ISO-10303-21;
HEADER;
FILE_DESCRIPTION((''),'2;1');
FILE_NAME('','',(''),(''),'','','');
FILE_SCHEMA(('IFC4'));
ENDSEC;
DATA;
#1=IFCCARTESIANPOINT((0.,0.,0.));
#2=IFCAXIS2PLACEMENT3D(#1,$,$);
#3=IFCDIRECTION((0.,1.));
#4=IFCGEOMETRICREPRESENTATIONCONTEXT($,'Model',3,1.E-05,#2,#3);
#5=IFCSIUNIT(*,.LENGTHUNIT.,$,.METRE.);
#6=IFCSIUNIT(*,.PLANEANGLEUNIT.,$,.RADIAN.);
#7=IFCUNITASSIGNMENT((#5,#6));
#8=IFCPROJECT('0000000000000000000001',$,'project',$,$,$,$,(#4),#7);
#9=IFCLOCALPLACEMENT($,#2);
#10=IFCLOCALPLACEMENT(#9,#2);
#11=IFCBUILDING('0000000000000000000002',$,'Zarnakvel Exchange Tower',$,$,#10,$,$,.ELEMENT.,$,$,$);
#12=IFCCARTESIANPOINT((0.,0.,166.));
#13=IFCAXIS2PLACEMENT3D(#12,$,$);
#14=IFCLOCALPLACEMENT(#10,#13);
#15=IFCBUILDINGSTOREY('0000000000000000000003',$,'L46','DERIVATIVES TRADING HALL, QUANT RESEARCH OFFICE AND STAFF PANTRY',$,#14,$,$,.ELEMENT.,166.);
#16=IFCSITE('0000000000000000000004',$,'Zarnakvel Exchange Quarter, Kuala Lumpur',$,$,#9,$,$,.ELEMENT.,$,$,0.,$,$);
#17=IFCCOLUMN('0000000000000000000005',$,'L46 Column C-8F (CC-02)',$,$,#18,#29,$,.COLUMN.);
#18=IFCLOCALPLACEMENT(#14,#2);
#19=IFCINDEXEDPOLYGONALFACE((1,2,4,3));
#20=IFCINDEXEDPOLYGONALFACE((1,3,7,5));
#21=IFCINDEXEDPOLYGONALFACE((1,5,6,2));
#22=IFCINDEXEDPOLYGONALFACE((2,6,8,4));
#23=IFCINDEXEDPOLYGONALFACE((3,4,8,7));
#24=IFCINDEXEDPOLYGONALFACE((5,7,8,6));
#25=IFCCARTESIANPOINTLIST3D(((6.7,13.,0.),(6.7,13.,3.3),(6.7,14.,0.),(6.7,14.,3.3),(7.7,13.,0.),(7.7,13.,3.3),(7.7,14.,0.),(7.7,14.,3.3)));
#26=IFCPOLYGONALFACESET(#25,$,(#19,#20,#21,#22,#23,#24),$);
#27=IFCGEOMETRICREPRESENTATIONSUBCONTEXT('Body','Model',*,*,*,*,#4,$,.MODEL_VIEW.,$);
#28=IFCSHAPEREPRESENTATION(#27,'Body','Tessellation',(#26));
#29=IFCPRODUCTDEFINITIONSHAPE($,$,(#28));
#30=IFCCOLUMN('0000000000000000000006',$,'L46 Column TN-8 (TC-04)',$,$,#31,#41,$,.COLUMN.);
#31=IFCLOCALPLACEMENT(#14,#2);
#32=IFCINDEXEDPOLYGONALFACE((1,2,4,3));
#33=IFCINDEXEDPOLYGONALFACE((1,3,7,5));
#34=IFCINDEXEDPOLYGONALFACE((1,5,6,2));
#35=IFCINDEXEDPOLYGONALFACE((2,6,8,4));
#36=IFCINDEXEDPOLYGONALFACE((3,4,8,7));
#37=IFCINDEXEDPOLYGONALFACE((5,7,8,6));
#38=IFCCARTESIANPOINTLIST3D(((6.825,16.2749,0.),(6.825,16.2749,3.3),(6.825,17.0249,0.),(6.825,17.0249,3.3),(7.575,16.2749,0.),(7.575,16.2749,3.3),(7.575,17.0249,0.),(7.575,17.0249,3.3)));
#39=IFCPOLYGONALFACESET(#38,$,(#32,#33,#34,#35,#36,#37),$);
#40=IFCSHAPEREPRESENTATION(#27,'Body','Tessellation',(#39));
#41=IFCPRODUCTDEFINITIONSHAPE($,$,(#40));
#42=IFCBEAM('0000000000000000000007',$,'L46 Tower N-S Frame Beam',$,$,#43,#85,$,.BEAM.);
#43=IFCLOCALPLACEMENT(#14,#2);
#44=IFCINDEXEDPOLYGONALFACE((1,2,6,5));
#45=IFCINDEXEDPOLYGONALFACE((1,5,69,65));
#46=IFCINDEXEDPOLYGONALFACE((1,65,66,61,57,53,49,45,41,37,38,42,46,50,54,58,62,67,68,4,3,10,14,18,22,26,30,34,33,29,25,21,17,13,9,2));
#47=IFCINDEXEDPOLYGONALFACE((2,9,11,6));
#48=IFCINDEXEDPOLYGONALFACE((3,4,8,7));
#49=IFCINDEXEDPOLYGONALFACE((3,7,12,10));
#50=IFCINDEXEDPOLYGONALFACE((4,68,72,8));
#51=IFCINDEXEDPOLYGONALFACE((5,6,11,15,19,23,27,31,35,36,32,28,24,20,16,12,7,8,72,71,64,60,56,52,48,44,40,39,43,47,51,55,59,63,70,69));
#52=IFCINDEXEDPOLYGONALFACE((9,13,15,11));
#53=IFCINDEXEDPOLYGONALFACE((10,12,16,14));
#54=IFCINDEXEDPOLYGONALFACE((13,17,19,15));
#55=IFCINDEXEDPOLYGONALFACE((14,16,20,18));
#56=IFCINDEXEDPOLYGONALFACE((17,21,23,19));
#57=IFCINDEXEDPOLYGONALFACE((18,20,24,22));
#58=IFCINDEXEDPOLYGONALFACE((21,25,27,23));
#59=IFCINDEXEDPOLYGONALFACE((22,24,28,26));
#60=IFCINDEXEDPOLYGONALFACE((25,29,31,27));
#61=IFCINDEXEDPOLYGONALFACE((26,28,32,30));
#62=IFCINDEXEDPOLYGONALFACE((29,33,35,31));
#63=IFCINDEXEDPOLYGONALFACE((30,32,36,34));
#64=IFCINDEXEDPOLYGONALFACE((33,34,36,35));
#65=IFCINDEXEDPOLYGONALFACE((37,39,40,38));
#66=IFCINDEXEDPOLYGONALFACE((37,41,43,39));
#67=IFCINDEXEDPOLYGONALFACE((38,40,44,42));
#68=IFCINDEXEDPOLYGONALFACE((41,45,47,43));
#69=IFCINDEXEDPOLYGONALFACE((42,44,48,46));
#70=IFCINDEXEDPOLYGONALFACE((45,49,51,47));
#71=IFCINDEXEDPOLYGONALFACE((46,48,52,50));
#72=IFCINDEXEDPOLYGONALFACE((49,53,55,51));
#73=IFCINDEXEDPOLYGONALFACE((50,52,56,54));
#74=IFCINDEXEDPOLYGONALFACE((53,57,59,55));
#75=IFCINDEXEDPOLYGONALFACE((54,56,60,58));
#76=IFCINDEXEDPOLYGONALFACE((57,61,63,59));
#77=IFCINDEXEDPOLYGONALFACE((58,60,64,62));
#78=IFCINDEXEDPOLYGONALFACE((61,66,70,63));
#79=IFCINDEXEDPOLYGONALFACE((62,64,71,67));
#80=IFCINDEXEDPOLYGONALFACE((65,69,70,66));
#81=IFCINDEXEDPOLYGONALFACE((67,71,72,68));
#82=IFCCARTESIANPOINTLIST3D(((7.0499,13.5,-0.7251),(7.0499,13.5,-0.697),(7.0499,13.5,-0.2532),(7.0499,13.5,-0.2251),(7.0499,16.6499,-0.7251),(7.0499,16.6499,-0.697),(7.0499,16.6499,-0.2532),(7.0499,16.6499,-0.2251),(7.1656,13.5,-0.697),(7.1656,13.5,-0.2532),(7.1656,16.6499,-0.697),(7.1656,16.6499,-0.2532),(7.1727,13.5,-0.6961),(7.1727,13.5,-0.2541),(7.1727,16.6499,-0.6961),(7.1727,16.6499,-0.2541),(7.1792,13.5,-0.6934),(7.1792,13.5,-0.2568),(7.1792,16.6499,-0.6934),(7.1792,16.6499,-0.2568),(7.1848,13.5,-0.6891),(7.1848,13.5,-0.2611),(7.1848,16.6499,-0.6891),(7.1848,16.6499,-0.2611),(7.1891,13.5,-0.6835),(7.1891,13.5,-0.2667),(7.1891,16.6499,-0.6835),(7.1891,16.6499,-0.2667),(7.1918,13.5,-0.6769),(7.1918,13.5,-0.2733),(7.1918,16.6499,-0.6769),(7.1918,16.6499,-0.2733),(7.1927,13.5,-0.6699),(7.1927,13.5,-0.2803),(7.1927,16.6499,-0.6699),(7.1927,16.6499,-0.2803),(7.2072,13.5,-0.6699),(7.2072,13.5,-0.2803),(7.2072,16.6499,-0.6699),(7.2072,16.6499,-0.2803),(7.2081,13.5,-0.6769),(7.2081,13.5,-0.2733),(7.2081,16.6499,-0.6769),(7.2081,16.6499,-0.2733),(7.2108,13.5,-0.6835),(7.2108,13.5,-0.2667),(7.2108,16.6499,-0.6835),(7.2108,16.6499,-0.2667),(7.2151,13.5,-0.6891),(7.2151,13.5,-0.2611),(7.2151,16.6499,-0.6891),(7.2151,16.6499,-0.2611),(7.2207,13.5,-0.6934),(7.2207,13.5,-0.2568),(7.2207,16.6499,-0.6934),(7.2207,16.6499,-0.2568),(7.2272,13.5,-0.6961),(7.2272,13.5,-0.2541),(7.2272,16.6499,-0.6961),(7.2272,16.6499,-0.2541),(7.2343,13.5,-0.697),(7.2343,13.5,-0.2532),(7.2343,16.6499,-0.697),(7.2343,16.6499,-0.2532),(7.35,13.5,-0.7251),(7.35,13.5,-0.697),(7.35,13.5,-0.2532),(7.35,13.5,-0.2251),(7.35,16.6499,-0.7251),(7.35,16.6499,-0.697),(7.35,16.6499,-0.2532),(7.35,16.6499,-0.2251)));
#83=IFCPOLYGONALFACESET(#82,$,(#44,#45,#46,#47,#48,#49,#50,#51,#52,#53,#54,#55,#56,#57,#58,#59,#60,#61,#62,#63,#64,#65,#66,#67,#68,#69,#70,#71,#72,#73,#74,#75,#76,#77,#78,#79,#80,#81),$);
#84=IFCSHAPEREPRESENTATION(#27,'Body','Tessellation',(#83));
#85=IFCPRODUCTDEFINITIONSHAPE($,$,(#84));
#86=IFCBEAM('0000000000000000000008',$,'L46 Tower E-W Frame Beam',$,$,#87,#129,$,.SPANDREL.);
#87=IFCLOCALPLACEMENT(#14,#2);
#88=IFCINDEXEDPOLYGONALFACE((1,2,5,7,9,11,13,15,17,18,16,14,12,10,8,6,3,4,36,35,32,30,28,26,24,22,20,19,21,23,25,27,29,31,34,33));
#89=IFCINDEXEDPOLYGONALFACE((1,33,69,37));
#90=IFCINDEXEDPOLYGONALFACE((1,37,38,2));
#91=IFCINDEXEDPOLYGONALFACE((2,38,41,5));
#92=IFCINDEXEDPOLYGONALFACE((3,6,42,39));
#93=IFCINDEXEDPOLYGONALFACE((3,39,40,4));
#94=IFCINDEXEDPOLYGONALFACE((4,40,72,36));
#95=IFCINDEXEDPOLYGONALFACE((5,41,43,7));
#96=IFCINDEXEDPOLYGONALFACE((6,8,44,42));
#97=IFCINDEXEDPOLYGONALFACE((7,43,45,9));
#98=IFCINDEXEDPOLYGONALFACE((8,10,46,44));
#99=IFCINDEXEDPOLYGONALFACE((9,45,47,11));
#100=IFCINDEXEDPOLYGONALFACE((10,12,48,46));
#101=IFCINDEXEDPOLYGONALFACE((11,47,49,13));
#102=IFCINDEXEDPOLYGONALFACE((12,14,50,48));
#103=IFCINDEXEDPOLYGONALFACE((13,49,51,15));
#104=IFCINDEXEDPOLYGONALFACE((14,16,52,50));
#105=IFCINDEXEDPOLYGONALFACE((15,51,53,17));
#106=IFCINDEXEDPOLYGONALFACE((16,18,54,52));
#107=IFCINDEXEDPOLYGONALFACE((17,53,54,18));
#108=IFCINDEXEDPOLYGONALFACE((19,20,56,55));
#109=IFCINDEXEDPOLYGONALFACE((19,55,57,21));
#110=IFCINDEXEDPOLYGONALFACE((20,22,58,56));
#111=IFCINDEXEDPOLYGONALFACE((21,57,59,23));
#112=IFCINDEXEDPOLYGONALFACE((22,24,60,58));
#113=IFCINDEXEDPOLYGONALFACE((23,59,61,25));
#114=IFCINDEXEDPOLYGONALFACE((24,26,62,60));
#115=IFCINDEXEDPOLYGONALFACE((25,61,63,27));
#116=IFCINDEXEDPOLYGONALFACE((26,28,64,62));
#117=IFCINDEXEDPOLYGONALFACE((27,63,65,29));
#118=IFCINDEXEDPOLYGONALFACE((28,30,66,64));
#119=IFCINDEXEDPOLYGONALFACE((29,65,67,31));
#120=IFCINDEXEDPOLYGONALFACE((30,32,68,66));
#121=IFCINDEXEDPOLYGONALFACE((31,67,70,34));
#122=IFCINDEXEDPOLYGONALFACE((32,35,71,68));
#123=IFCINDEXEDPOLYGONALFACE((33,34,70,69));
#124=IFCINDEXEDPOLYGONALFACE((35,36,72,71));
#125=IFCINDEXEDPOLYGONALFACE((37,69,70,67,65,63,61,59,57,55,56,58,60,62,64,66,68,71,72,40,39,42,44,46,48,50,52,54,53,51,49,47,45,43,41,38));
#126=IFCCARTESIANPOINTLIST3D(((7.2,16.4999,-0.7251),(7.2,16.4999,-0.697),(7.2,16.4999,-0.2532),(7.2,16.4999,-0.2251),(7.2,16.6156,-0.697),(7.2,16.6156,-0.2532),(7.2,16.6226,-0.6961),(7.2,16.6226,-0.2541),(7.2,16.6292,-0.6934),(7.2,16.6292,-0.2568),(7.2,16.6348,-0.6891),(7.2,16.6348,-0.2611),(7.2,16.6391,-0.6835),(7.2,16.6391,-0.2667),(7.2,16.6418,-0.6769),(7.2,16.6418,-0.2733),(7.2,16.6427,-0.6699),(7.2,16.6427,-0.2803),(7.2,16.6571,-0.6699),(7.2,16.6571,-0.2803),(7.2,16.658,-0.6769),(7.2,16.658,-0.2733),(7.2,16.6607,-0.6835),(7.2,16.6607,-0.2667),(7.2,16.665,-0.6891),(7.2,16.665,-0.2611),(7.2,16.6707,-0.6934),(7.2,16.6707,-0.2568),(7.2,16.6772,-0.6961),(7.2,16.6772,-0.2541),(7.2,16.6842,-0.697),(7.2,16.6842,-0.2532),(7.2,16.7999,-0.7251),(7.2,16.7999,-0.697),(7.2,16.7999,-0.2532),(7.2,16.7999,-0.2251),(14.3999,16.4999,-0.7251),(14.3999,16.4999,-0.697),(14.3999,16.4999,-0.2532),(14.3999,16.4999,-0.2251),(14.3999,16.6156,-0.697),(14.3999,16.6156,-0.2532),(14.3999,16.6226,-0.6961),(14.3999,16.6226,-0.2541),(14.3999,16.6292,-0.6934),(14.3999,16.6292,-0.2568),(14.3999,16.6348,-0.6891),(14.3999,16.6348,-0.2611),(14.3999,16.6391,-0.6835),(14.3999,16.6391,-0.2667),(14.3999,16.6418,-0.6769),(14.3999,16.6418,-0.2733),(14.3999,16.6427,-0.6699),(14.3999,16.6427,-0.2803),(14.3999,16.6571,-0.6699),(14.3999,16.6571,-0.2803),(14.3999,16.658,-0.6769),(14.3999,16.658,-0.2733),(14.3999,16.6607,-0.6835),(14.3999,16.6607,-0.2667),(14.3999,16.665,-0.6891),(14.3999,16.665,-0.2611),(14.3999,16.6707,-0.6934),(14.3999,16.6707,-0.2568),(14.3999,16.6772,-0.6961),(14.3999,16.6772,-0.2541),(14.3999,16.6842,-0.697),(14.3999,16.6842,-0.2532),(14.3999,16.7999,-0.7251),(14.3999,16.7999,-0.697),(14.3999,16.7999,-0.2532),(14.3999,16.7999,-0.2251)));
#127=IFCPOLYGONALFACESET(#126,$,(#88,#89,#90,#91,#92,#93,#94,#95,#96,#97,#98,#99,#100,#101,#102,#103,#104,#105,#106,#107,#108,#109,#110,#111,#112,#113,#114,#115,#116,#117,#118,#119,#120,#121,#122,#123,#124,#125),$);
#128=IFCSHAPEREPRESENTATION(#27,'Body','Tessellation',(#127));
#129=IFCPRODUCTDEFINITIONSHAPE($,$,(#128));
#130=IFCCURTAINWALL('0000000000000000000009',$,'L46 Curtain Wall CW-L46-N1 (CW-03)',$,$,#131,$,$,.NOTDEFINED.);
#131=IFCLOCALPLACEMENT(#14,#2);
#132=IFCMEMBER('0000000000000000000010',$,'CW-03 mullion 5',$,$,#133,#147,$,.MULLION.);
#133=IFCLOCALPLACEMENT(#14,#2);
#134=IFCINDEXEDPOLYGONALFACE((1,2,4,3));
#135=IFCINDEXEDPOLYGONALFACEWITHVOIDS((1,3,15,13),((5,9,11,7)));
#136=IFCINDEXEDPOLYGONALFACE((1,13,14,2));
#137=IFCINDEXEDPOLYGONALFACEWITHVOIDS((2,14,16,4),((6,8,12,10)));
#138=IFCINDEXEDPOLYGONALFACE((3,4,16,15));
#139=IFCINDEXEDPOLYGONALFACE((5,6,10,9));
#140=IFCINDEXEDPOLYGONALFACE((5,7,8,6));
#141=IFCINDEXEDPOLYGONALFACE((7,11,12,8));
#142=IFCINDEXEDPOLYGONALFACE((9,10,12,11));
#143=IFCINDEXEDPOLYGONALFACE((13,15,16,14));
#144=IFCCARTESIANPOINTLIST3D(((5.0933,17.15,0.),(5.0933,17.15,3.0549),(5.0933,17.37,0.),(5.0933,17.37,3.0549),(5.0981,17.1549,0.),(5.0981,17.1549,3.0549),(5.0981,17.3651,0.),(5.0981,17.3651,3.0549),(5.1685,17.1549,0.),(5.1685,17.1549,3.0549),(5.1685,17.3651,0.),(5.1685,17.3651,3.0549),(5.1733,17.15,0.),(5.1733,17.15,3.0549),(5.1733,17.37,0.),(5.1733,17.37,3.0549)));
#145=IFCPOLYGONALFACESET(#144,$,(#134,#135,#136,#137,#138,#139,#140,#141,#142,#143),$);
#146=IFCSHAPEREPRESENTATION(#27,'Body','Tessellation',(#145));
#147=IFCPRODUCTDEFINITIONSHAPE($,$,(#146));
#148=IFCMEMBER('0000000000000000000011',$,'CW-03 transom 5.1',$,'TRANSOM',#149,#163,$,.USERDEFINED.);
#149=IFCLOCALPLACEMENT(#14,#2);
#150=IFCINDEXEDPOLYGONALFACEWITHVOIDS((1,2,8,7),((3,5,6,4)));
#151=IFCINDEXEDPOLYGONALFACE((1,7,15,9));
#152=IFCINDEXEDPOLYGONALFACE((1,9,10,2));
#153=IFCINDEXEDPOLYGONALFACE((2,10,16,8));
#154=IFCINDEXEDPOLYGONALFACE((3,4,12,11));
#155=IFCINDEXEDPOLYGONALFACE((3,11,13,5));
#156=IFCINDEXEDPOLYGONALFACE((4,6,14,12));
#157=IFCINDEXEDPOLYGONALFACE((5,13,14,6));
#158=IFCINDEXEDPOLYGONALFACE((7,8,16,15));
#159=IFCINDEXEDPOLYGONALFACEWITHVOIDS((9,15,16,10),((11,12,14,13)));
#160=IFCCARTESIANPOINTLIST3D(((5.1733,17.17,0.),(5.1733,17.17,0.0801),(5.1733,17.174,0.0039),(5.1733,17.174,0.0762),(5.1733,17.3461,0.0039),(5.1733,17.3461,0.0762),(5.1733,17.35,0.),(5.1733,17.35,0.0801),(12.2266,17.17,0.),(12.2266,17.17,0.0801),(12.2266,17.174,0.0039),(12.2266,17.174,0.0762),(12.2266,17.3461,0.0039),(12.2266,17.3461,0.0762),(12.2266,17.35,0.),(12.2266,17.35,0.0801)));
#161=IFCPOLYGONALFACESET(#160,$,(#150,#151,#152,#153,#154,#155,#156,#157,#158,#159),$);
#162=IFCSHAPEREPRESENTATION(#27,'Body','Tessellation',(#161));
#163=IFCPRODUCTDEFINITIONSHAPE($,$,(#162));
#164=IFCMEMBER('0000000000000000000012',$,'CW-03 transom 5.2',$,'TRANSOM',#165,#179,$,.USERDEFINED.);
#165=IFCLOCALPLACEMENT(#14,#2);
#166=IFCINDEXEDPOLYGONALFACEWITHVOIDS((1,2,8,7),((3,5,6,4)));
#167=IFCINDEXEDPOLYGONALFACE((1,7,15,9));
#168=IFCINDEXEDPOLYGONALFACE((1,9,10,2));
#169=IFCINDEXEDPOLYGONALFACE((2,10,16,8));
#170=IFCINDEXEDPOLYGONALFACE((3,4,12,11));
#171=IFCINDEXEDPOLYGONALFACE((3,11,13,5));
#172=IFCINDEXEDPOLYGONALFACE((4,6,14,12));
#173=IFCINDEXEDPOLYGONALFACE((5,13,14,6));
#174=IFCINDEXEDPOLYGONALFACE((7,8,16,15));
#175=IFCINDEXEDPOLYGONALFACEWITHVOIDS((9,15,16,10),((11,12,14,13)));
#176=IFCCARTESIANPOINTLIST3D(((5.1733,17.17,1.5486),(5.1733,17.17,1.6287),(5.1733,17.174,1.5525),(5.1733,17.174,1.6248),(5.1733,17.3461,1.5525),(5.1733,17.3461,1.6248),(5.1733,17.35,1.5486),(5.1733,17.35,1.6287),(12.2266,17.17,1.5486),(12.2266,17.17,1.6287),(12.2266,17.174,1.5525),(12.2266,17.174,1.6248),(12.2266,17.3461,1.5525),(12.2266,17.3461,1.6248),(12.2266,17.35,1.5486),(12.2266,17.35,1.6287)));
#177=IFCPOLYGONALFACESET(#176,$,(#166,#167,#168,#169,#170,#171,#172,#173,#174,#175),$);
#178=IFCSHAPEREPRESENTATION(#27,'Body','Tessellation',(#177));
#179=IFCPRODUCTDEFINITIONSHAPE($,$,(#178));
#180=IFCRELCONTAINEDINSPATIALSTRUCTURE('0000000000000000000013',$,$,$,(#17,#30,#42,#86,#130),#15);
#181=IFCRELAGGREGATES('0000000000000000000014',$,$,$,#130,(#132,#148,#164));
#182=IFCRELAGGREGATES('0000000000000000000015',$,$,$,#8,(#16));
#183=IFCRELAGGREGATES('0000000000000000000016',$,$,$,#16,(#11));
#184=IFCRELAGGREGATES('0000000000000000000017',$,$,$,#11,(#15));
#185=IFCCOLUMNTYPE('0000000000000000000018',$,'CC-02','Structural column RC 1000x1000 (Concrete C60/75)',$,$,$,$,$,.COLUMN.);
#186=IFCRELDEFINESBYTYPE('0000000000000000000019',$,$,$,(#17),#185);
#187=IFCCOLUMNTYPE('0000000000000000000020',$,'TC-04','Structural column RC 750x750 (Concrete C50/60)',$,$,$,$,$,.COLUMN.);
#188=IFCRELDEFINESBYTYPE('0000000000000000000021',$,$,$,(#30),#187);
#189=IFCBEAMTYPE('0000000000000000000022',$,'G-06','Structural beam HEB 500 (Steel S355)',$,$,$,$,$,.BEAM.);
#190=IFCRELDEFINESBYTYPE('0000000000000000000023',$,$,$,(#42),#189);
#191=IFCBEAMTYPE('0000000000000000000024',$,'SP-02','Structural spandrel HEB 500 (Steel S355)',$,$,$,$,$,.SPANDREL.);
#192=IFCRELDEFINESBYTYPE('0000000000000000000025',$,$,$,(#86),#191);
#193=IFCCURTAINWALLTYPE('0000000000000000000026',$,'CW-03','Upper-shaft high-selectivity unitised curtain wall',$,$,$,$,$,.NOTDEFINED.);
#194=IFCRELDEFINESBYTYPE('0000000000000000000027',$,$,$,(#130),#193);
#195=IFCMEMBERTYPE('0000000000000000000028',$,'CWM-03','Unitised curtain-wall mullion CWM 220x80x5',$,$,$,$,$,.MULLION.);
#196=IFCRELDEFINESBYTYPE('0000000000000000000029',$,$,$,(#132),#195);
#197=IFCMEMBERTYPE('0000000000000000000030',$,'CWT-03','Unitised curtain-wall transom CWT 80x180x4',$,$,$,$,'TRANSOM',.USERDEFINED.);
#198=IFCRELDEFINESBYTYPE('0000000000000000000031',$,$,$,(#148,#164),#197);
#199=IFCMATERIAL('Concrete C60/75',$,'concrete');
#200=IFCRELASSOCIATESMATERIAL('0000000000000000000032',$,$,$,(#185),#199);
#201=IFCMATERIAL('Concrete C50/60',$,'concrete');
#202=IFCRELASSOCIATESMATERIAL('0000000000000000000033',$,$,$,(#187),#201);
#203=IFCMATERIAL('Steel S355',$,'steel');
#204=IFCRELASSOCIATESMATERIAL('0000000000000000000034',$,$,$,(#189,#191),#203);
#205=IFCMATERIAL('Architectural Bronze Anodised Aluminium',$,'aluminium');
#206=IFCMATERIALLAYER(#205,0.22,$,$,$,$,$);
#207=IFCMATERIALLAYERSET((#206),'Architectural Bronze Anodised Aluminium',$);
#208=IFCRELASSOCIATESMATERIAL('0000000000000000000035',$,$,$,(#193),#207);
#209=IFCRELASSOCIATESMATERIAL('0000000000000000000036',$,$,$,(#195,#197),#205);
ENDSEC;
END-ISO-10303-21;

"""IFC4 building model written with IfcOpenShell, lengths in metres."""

from ifc_helpers import new_model, si_unit, direction, frame, origin, origin_2d, place, context, subcontext, project, spatial, rectangle, hollow_rectangle, i_section, extrude, source, transform, mapped, material, layer, layer_set, material_profile, profile_set, type_object, element, aggregate, save


model = new_model("IFC4")

# Units and contexts
model_context = context("Model", 3, precision=1e-05, world=origin(), true_north=direction((0.0, 1.0)))
body_context = subcontext(model_context, "Body", "Model", "MODEL_VIEW")
ifc_project = project(units=[si_unit("LENGTHUNIT", "METRE"), si_unit("PLANEANGLEUNIT", "RADIAN")], contexts=[model_context])

# Site, building, storey
site_placement = place(None, origin())
site = spatial("IfcSite", under=ifc_project, at=site_placement, Name="Zarnakvel Exchange Quarter, Kuala Lumpur", CompositionType="ELEMENT", RefElevation=0.0)
building_placement = place(site_placement, origin())
building = spatial("IfcBuilding", under=site, at=building_placement, Name="Zarnakvel Exchange Tower", CompositionType="ELEMENT")
storey_placement = place(building_placement, frame((0.0, 0.0, 166.0)))
storey = spatial("IfcBuildingStorey", under=building, at=storey_placement, Name="L46", Description="DERIVATIVES TRADING HALL, QUANT RESEARCH OFFICE AND STAFF PANTRY", CompositionType="ELEMENT", Elevation=166.0)

# Columns
ifc_material_1 = material(Name="Concrete C60/75", Category="concrete")
ifc_material_profile_1 = material_profile(ifc_material_1, rectangle(XDim=1.0, YDim=1.0, at=origin_2d()))
ifc_profile_set_1 = profile_set([ifc_material_profile_1], Name="Concrete C60/75")
column_type_1 = type_object("IfcColumnType", Name="CC-02", Description="Structural column RC 1000x1000 (Concrete C60/75)", PredefinedType="COLUMN", material=ifc_profile_set_1)
column_1_placement = place(storey_placement, frame((7.2, 13.5, 0.0), z_axis=(0.0, 0.0, 1.0), x_axis=(1.0, 0.0, 0.0)))
element("IfcColumn", 1, at=column_1_placement, inside=storey, type_object=column_type_1, Name="L46 Column C-8F (CC-02)", PredefinedType="COLUMN", context=body_context, shape_type="SweptSolid", body=[
    extrude(rectangle(XDim=1.0, YDim=1.0, at=origin_2d()), origin(), (0.0, 0.0, 1.0), 3.3),
])
ifc_material_2 = material(Name="Concrete C50/60", Category="concrete")
ifc_material_profile_2 = material_profile(ifc_material_2, rectangle(XDim=0.75, YDim=0.75, at=origin_2d()))
ifc_profile_set_2 = profile_set([ifc_material_profile_2], Name="Concrete C50/60")
column_type_2 = type_object("IfcColumnType", Name="TC-04", Description="Structural column RC 750x750 (Concrete C50/60)", PredefinedType="COLUMN", material=ifc_profile_set_2)
column_2_placement = place(storey_placement, frame((7.2, 16.6499, 0.0), z_axis=(0.0, 0.0, 1.0), x_axis=(1.0, 0.0, 0.0)))
element("IfcColumn", 2, at=column_2_placement, inside=storey, type_object=column_type_2, Name="L46 Column TN-8 (TC-04)", PredefinedType="COLUMN", context=body_context, shape_type="SweptSolid", body=[
    extrude(rectangle(XDim=0.75, YDim=0.75, at=origin_2d()), origin(), (0.0, 0.0, 1.0), 3.3),
])

# Beams
ifc_material_3 = material(Name="Steel S355", Category="steel")
ifc_material_profile_3 = material_profile(ifc_material_3, i_section(OverallWidth=0.3, OverallDepth=0.5, WebThickness=0.0144, FlangeThickness=0.0281, FilletRadius=0.0271, at=origin_2d()))
ifc_profile_set_3 = profile_set([ifc_material_profile_3], Name="Steel S355")
beam_type_1 = type_object("IfcBeamType", Name="G-06", Description="Structural beam HEB 500 (Steel S355)", PredefinedType="BEAM", material=ifc_profile_set_3)
beam_1_placement = place(storey_placement, frame((7.2, 13.5, -0.4751), z_axis=(0.0, 1.0, 0.0), x_axis=(-1.0, 0.0, 0.0)))
element("IfcBeam", 3, at=beam_1_placement, inside=storey, type_object=beam_type_1, Name="L46 Tower N-S Frame Beam", PredefinedType="BEAM", context=body_context, shape_type="SweptSolid", body=[
    extrude(i_section(OverallWidth=0.3, OverallDepth=0.5, WebThickness=0.0144, FlangeThickness=0.0281, FilletRadius=0.0271, at=origin_2d()), origin(), (0.0, 0.0, 1.0), 3.1499),
])
ifc_material_profile_4 = material_profile(ifc_material_3, i_section(OverallWidth=0.3, OverallDepth=0.5, WebThickness=0.0144, FlangeThickness=0.0281, FilletRadius=0.0271, at=origin_2d()))
ifc_profile_set_4 = profile_set([ifc_material_profile_4], Name="Steel S355")
beam_type_2 = type_object("IfcBeamType", Name="SP-02", Description="Structural spandrel HEB 500 (Steel S355)", PredefinedType="SPANDREL", material=ifc_profile_set_4)
beam_2_placement = place(storey_placement, frame((7.2, 16.6499, -0.4751), z_axis=(1.0, 0.0, 0.0), x_axis=(0.0, 1.0, 0.0)))
element("IfcBeam", 4, at=beam_2_placement, inside=storey, type_object=beam_type_2, Name="L46 Tower E-W Frame Beam", PredefinedType="SPANDREL", context=body_context, shape_type="SweptSolid", body=[
    extrude(i_section(OverallWidth=0.3, OverallDepth=0.5, WebThickness=0.0144, FlangeThickness=0.0281, FilletRadius=0.0271, at=origin_2d()), origin(), (0.0, 0.0, 1.0), 7.2),
])

# Curtain wall, members
ifc_material_4 = material(Name="Architectural Bronze Anodised Aluminium", Category="aluminium")
ifc_layer_1 = layer(ifc_material_4, 0.22)
ifc_layer_set_1 = layer_set([ifc_layer_1], Name="Architectural Bronze Anodised Aluminium")
curtain_wall_type = type_object("IfcCurtainWallType", Name="CW-03", Description="Upper-shaft high-selectivity unitised curtain wall", PredefinedType="NOTDEFINED", material=ifc_layer_set_1)
curtain_wall_placement = place(storey_placement, origin())
curtain_wall = element("IfcCurtainWall", 5, at=curtain_wall_placement, inside=storey, type_object=curtain_wall_type, Name="L46 Curtain Wall CW-L46-N1 (CW-03)", PredefinedType="NOTDEFINED")
ifc_material_profile_5 = material_profile(ifc_material_4, hollow_rectangle(XDim=0.22, YDim=0.0801, WallThickness=0.0049, at=origin_2d()))
ifc_profile_set_5 = profile_set([ifc_material_profile_5], Name="Architectural Bronze Anodised Aluminium")
member_type_1 = type_object("IfcMemberType", Name="CWM-03", Description="Unitised curtain-wall mullion CWM 220x80x5", PredefinedType="MULLION", material=ifc_profile_set_5)
shared_shape_1 = source(origin(), body_context, "Body", "SweptSolid", [
    extrude(hollow_rectangle(XDim=0.22, YDim=0.0801, WallThickness=0.0049, at=origin_2d()), origin(), (0.0, 0.0, 1.0), 3.0549),
])
member_1_placement = place(storey_placement, frame((5.1333, 17.26, 0.0), z_axis=(0.0, 0.0, 1.0), x_axis=(0.0, 1.0, 0.0)))
member_1 = element("IfcMember", 6, at=member_1_placement, type_object=member_type_1, Name="CW-03 mullion 5", PredefinedType="MULLION", context=body_context, shape_type="MappedRepresentation", body=[
    mapped(shared_shape_1, transform((0.0, 0.0, 0.0), x_axis=(1.0, 0.0, 0.0), y_axis=(0.0, 1.0, 0.0), z_axis=(0.0, 0.0, 1.0), scale=1.0)),
])
ifc_material_profile_6 = material_profile(ifc_material_4, hollow_rectangle(XDim=0.1799, YDim=0.0801, WallThickness=0.0039, at=origin_2d()))
ifc_profile_set_6 = profile_set([ifc_material_profile_6], Name="Architectural Bronze Anodised Aluminium")
member_type_2 = type_object("IfcMemberType", Name="CWT-03", Description="Unitised curtain-wall transom CWT 80x180x4", ElementType="TRANSOM", PredefinedType="USERDEFINED", material=ifc_profile_set_6)
shared_shape_2 = source(origin(), body_context, "Body", "SweptSolid", [
    extrude(hollow_rectangle(XDim=0.1799, YDim=0.0801, WallThickness=0.0039, at=origin_2d()), origin(), (0.0, 0.0, 1.0), 7.0532),
])
member_2_placement = place(storey_placement, frame((5.1733, 17.26, 0.04), z_axis=(1.0, 0.0, 0.0), x_axis=(0.0, 1.0, 0.0)))
member_2 = element("IfcMember", 7, at=member_2_placement, type_object=member_type_2, Name="CW-03 transom 5.1", ObjectType="TRANSOM", PredefinedType="USERDEFINED", context=body_context, shape_type="MappedRepresentation", body=[
    mapped(shared_shape_2, transform((0.0, 0.0, 0.0), x_axis=(1.0, 0.0, 0.0), y_axis=(0.0, 1.0, 0.0), z_axis=(0.0, 0.0, 1.0), scale=1.0)),
])
member_3_placement = place(storey_placement, frame((5.1733, 17.26, 1.5886), z_axis=(1.0, 0.0, 0.0), x_axis=(0.0, 1.0, 0.0)))
member_3 = element("IfcMember", 8, at=member_3_placement, type_object=member_type_2, Name="CW-03 transom 5.2", ObjectType="TRANSOM", PredefinedType="USERDEFINED", context=body_context, shape_type="MappedRepresentation", body=[
    mapped(shared_shape_2, transform((0.0, 0.0, 0.0), x_axis=(1.0, 0.0, 0.0), y_axis=(0.0, 1.0, 0.0), z_axis=(0.0, 0.0, 1.0), scale=1.0)),
])
aggregate(curtain_wall, [member_1, member_2, member_3])

save(model, "model.ifc")
